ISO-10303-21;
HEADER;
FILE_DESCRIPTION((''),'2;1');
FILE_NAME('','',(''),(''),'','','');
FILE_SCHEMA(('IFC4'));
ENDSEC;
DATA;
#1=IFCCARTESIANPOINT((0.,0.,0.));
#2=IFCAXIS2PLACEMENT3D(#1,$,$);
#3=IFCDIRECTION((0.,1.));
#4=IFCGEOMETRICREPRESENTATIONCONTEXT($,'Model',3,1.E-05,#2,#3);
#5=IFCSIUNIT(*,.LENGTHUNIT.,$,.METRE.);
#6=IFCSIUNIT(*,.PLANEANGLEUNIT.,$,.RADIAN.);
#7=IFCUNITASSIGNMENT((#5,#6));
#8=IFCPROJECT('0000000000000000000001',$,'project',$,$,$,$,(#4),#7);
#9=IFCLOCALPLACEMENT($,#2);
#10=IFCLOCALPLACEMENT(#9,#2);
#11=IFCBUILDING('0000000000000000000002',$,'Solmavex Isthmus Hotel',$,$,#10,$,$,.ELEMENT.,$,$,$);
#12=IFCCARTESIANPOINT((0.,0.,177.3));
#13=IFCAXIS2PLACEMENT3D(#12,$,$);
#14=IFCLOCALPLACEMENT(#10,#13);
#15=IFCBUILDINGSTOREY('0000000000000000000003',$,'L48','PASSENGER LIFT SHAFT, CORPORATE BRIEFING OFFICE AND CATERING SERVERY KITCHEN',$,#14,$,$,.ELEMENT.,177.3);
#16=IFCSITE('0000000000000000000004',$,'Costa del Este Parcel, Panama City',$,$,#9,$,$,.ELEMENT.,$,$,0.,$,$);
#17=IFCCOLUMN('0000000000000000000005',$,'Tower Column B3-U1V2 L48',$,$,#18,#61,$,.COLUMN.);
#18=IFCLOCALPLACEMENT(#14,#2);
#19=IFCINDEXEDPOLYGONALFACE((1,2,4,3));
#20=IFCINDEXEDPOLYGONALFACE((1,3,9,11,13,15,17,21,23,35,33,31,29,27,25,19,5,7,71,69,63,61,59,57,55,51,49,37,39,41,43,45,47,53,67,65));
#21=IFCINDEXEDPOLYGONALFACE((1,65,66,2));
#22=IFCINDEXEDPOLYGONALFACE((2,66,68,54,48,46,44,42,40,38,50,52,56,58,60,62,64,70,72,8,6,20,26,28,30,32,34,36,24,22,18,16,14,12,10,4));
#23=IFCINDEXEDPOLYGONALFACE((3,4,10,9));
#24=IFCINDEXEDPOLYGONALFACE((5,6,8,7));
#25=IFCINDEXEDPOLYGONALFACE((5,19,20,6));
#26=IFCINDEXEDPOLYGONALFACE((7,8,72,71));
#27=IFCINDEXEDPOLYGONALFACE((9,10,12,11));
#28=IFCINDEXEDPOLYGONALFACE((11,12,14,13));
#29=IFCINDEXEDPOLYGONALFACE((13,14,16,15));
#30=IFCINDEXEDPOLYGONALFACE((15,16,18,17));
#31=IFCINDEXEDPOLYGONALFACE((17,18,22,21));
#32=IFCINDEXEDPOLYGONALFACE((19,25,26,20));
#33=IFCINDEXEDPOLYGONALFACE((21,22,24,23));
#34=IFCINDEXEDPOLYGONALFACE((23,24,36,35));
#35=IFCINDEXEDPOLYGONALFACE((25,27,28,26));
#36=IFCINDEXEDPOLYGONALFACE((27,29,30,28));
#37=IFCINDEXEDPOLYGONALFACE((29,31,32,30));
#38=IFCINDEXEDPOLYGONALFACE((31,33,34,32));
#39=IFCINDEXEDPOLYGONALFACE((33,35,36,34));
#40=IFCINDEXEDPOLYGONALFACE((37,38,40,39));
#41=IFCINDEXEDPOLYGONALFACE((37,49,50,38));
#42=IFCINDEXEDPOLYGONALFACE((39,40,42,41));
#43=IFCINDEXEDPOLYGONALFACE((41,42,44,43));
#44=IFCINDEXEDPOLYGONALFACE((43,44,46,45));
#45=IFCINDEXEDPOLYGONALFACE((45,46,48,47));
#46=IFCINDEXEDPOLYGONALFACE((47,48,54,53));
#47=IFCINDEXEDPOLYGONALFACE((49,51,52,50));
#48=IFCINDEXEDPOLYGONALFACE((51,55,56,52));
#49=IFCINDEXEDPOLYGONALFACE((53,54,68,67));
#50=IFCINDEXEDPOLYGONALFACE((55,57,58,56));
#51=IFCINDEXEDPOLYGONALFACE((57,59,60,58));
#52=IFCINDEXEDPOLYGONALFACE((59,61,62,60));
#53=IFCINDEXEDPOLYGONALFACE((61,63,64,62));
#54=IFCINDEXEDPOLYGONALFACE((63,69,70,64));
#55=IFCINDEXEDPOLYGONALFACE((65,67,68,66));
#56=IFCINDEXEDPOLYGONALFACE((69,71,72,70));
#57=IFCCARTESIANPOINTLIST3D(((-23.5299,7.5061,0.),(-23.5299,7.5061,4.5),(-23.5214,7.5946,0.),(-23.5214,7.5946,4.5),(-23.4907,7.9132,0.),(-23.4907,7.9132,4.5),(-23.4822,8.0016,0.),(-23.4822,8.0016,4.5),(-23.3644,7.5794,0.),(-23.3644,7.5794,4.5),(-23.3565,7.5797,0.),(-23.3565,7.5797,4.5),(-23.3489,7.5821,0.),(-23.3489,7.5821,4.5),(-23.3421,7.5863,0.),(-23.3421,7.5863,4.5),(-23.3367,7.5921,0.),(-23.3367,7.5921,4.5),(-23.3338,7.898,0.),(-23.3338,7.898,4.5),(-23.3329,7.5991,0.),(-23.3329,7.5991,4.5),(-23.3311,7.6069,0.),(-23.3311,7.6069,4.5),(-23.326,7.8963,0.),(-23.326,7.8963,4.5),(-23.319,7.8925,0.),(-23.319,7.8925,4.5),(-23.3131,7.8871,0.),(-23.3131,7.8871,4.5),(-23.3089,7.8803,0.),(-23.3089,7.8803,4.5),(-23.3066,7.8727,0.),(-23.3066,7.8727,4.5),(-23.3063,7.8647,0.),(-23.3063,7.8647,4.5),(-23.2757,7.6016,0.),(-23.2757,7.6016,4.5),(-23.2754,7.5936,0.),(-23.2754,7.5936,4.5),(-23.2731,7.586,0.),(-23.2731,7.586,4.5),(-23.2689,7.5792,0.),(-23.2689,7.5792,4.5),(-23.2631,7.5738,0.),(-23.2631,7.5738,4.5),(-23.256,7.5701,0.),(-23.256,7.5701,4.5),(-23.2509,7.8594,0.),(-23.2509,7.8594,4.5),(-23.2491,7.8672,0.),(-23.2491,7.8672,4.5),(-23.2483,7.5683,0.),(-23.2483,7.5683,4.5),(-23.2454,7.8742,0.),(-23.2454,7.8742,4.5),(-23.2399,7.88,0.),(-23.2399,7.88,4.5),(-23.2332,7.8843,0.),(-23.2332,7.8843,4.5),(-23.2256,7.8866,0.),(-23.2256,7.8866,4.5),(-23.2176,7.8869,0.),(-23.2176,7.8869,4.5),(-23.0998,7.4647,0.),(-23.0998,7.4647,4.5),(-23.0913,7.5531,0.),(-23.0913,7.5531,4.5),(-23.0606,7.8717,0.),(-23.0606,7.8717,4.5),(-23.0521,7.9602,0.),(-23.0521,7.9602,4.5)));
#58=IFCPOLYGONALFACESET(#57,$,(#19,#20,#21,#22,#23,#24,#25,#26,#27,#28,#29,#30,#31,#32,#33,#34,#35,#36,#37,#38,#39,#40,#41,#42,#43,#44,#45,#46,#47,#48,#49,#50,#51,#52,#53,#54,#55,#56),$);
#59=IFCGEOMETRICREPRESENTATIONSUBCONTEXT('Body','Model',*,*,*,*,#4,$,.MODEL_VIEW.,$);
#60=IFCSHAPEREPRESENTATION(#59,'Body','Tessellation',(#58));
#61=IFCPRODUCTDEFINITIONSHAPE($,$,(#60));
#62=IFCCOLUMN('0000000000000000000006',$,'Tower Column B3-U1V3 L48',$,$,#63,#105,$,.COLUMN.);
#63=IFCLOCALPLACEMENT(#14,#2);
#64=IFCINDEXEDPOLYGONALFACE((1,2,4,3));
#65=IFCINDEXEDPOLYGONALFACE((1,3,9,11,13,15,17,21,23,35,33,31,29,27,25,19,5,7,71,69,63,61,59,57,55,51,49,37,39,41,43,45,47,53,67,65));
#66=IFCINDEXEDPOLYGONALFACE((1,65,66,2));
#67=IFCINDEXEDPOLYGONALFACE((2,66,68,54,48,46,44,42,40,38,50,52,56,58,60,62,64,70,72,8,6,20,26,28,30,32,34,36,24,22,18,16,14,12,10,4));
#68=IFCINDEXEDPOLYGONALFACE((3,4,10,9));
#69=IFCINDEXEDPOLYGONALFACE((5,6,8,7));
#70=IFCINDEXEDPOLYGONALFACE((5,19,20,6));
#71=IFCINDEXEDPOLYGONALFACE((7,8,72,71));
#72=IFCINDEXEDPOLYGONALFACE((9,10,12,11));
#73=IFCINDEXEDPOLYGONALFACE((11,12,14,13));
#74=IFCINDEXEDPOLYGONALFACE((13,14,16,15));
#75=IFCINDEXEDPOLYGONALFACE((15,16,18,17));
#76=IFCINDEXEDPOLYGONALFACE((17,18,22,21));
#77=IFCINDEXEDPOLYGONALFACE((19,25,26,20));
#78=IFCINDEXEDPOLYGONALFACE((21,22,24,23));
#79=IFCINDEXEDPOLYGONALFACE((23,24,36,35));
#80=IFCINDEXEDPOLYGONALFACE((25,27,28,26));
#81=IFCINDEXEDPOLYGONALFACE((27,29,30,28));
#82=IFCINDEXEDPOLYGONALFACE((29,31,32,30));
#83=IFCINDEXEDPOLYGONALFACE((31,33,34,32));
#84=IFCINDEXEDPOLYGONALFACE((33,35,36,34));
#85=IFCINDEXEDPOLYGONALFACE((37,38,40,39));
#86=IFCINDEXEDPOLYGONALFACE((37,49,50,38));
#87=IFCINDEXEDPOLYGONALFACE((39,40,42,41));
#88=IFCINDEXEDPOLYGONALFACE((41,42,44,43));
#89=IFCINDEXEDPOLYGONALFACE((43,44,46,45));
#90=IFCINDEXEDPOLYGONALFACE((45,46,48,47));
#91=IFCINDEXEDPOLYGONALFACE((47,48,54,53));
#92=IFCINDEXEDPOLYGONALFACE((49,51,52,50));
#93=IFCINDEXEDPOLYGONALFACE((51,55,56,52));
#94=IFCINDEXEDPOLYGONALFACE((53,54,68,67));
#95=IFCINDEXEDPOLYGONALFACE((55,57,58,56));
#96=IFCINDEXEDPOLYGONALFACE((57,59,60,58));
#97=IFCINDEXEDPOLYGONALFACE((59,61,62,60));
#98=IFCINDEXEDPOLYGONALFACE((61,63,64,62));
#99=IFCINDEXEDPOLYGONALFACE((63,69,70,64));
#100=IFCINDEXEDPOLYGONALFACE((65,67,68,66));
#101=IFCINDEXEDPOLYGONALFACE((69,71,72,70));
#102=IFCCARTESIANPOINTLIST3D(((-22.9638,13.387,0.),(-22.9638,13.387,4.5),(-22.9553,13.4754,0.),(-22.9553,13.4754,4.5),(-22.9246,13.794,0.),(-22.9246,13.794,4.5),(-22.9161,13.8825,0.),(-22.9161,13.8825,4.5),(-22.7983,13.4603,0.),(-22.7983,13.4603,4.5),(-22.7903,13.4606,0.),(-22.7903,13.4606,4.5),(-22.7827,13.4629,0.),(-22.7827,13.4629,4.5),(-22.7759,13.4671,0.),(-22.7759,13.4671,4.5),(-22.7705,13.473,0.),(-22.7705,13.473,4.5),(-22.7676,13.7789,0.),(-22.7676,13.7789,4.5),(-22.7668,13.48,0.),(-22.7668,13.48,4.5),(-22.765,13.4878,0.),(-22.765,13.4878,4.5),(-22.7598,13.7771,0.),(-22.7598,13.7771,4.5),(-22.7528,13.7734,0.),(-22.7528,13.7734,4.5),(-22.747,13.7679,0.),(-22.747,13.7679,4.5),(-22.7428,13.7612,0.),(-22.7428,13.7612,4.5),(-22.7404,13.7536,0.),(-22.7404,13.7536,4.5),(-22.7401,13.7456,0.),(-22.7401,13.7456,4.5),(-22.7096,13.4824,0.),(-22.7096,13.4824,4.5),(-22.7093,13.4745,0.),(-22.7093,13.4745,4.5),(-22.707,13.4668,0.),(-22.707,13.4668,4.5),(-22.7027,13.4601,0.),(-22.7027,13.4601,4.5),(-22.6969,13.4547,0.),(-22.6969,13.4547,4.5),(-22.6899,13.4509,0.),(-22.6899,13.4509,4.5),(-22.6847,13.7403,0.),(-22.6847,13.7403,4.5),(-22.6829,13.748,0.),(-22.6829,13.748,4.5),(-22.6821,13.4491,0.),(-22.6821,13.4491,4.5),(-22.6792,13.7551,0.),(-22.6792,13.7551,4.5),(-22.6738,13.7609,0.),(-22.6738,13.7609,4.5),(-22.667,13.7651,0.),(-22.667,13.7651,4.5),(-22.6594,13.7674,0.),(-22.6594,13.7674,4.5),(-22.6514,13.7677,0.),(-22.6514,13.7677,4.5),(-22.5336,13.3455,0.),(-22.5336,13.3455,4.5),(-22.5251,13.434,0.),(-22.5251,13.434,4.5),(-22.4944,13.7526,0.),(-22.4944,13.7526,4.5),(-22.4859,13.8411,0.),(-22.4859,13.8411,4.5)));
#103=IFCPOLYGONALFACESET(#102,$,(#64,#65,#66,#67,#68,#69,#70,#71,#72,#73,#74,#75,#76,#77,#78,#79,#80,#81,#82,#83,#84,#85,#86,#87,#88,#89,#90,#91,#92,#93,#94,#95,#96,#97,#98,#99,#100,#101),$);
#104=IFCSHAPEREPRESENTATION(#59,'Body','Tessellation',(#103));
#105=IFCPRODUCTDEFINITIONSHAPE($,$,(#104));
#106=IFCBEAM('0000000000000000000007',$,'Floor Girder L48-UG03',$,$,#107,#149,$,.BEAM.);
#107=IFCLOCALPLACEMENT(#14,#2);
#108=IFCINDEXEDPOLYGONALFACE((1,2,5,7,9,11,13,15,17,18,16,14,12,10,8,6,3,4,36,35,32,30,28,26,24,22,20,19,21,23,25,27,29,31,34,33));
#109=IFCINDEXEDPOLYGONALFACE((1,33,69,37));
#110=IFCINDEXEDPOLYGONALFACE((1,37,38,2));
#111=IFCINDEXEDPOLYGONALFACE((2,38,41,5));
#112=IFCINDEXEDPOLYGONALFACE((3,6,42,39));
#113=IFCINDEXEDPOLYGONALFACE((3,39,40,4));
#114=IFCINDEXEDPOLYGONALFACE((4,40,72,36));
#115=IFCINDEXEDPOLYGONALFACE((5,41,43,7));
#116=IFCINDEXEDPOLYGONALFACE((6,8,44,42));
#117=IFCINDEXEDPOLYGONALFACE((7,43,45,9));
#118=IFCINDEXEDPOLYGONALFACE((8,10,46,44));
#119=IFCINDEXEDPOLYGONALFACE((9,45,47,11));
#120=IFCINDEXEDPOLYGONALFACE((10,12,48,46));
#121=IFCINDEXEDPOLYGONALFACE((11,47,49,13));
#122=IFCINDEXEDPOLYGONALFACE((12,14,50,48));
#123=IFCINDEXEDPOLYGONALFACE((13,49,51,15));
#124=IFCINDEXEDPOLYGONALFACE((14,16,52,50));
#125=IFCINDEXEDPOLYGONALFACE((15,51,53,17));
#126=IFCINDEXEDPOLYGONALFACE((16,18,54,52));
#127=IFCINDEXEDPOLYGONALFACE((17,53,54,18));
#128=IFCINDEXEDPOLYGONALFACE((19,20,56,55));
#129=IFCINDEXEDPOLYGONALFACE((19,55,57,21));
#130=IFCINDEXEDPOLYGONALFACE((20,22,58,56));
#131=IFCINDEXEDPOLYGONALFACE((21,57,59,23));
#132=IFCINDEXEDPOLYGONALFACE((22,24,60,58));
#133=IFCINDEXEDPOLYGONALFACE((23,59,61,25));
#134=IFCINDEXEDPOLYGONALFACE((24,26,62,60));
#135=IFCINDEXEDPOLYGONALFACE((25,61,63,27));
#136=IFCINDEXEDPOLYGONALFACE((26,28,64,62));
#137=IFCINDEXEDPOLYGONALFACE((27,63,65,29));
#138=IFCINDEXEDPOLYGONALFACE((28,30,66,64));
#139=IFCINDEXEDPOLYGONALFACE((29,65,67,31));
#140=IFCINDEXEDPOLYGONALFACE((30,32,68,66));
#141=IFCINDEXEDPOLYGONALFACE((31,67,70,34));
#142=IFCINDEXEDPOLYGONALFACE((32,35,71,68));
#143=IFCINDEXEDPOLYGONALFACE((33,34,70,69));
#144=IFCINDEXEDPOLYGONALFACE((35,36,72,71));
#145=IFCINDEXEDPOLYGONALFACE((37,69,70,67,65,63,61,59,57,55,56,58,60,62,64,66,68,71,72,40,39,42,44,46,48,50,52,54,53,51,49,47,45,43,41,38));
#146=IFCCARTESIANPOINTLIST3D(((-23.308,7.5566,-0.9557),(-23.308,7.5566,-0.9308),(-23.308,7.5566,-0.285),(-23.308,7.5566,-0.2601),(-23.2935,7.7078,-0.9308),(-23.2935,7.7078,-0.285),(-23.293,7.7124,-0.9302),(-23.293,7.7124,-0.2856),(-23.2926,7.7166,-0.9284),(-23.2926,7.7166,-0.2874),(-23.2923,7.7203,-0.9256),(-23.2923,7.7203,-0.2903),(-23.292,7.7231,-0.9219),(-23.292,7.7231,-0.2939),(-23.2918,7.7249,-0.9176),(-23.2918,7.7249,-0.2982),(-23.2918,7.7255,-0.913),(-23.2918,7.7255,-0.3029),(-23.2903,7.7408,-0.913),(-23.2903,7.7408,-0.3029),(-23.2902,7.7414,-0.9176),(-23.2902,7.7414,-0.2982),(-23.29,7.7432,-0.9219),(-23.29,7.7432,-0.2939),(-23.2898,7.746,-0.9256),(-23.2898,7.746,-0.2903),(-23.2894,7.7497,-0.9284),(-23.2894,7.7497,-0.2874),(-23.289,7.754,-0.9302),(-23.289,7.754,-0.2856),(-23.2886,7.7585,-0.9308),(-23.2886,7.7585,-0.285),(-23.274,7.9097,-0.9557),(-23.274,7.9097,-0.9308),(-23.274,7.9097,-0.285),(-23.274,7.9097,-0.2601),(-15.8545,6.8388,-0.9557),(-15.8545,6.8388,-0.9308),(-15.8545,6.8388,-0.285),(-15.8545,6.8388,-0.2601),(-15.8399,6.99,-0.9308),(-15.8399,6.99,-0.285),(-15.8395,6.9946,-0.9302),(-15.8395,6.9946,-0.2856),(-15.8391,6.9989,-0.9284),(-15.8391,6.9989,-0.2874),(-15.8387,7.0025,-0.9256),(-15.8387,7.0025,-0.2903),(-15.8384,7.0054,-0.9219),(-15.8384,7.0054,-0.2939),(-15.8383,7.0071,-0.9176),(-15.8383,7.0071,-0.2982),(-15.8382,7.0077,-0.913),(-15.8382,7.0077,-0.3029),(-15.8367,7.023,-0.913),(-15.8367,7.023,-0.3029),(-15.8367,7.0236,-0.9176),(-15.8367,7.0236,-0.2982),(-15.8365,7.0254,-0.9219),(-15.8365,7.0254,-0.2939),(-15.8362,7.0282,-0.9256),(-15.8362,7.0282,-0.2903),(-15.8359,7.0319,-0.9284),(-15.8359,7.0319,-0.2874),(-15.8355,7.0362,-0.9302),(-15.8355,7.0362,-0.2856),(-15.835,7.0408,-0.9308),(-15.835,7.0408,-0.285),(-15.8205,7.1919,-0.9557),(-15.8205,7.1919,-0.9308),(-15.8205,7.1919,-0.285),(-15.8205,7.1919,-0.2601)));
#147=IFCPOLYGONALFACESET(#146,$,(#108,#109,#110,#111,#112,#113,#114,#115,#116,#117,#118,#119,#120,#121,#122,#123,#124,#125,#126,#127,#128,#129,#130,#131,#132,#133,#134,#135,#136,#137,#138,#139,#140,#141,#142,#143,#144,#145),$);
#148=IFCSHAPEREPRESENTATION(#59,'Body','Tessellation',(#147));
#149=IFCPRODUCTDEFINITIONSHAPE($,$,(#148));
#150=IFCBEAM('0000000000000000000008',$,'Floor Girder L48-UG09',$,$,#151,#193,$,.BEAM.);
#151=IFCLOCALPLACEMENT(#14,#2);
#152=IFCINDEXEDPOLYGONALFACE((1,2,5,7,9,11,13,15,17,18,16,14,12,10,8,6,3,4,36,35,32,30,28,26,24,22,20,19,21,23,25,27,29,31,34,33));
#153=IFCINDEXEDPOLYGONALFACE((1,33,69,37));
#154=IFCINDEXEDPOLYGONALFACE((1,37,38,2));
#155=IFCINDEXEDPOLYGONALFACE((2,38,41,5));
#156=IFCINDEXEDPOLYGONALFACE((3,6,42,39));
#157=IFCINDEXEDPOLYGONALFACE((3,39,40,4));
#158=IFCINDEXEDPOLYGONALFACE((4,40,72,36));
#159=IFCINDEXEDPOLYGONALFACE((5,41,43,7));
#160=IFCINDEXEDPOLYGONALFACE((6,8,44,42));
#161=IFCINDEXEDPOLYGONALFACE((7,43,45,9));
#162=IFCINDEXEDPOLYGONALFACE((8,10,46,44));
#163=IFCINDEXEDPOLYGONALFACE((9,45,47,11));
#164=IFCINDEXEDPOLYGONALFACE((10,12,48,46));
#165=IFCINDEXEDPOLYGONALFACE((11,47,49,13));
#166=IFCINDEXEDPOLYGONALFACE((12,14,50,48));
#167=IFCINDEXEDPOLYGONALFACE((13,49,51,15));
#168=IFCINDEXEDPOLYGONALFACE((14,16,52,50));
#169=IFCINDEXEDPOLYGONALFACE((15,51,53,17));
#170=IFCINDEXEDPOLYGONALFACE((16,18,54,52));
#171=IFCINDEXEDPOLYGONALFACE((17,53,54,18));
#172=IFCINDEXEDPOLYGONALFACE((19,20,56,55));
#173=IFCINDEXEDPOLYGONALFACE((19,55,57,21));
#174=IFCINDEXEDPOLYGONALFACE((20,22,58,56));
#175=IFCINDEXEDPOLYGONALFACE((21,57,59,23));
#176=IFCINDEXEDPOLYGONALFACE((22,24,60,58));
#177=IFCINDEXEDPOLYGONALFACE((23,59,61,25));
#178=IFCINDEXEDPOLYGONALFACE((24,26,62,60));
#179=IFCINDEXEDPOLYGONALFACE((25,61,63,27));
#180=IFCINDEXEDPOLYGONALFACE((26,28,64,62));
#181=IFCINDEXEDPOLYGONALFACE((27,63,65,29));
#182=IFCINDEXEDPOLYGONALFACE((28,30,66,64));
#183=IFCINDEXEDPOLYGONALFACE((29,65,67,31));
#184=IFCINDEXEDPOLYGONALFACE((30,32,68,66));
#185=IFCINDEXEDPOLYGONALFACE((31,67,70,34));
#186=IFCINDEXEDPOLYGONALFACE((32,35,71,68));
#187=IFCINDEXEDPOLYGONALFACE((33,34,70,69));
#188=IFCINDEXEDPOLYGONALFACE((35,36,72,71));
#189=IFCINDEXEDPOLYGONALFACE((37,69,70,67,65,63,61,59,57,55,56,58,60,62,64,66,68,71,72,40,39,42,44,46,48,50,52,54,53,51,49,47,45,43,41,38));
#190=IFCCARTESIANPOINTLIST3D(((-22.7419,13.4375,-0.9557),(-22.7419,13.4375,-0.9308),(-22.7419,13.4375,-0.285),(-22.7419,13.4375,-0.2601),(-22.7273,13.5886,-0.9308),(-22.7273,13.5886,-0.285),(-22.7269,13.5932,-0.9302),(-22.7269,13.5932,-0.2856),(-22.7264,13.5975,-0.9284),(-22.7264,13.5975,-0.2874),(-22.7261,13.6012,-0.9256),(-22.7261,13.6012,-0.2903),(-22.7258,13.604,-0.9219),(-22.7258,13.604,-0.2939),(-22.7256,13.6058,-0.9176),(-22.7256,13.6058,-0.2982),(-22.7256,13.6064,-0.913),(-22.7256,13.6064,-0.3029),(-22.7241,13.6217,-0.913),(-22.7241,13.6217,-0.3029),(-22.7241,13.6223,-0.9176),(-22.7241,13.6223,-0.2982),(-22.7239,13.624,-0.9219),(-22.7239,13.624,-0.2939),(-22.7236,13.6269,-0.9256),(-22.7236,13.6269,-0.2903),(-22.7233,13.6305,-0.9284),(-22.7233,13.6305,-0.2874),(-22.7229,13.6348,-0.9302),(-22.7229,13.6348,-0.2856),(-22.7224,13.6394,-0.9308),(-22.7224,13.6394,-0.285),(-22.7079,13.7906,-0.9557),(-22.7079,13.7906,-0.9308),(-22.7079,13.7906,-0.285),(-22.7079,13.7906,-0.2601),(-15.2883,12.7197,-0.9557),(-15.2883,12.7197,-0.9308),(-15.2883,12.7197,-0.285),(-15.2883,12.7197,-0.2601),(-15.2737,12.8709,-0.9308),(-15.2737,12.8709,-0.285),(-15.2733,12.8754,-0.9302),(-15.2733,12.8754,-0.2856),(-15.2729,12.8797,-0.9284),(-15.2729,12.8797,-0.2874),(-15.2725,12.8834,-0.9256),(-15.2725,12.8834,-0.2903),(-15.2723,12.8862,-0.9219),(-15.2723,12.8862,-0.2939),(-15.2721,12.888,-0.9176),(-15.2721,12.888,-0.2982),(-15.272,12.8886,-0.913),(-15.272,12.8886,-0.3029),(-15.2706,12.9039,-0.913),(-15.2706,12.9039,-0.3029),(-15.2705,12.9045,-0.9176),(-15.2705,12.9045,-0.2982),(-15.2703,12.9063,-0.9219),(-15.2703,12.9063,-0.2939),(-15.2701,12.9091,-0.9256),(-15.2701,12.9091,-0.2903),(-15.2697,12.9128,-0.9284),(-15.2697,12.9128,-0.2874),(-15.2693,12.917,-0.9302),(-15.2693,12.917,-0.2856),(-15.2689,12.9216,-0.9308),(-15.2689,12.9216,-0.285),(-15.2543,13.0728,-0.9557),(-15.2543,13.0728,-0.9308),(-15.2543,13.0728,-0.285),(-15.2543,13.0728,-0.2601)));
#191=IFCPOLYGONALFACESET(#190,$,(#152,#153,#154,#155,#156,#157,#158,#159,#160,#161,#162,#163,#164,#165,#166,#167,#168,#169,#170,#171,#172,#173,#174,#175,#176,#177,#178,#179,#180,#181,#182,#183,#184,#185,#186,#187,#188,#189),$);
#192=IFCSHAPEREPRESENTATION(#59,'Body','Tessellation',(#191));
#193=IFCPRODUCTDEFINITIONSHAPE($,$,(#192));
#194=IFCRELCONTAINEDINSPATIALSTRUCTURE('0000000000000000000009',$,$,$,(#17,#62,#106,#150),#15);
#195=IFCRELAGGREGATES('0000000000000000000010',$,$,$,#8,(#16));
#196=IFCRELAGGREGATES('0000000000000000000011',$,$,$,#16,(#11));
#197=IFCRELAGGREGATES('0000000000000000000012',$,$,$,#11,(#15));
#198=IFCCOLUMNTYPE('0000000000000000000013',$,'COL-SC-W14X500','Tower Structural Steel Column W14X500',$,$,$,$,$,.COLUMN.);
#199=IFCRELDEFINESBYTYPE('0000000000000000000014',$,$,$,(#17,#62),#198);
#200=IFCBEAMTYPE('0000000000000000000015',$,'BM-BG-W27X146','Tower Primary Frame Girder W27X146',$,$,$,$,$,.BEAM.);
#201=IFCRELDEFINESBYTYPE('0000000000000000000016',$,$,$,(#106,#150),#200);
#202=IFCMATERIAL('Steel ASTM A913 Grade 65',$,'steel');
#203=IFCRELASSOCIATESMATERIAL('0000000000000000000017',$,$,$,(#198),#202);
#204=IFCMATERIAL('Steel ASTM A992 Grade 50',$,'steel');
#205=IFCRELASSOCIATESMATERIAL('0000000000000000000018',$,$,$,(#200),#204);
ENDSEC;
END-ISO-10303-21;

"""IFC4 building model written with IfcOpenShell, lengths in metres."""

from ifc_helpers import new_model, si_unit, direction, frame, origin, origin_2d, place, context, subcontext, project, spatial, i_section, extrude, material, material_profile, profile_set, type_object, element, save


model = new_model("IFC4")

# Units and contexts
model_context = context("Model", 3, precision=1e-05, world=origin(), true_north=direction((0.0, 1.0)))
body_context = subcontext(model_context, "Body", "Model", "MODEL_VIEW")
ifc_project = project(units=[si_unit("LENGTHUNIT", "METRE"), si_unit("PLANEANGLEUNIT", "RADIAN")], contexts=[model_context])

# Site, building, storey
site_placement = place(None, origin())
site = spatial("IfcSite", under=ifc_project, at=site_placement, Name="Costa del Este Parcel, Panama City", CompositionType="ELEMENT", RefElevation=0.0)
building_placement = place(site_placement, origin())
building = spatial("IfcBuilding", under=site, at=building_placement, Name="Solmavex Isthmus Hotel", CompositionType="ELEMENT")
storey_placement = place(building_placement, frame((0.0, 0.0, 177.3)))
storey = spatial("IfcBuildingStorey", under=building, at=storey_placement, Name="L48", Description="PASSENGER LIFT SHAFT, CORPORATE BRIEFING OFFICE AND CATERING SERVERY KITCHEN", CompositionType="ELEMENT", Elevation=177.3)

# Columns
ifc_material_1 = material(Name="Steel ASTM A913 Grade 65", Category="steel")
ifc_material_profile_1 = material_profile(ifc_material_1, i_section(OverallWidth=0.4321, OverallDepth=0.4978, WebThickness=0.0557, FlangeThickness=0.0889, FilletRadius=0.0305, at=origin_2d()), Name="W14X500")
ifc_profile_set_1 = profile_set([ifc_material_profile_1], Name="Steel ASTM A913 Grade 65")
column_type = type_object("IfcColumnType", Name="COL-SC-W14X500", Description="Tower Structural Steel Column W14X500", PredefinedType="COLUMN", material=ifc_profile_set_1)
for number, where, z_axis, x_axis, name in (
    (1, (-23.291, 7.7332, 0.0), (0.0, 0.0, 1.0), (0.995396, -0.095846, 0.0), "Tower Column B3-U1V2 L48"),
    (2, (-22.7249, 13.614, 0.0), (0.0, 0.0, 1.0), (0.995396, -0.095846, 0.0), "Tower Column B3-U1V3 L48"),
):
    element("IfcColumn", number, at=place(storey_placement, frame(where, z_axis=z_axis, x_axis=x_axis)), inside=storey, type_object=column_type, Name=name, PredefinedType="COLUMN", context=body_context, shape_type="SweptSolid", body=[
        extrude(i_section(OverallWidth=0.4321, OverallDepth=0.4978, WebThickness=0.0557, FlangeThickness=0.0889, FilletRadius=0.0305, at=origin_2d()), origin(), (0.0, 0.0, 1.0), 4.5),
    ])

# Beams
ifc_material_2 = material(Name="Steel ASTM A992 Grade 50", Category="steel")
ifc_material_profile_2 = material_profile(ifc_material_2, i_section(OverallWidth=0.3547, OverallDepth=0.6956, WebThickness=0.0154, FlangeThickness=0.0249, FilletRadius=0.0178, at=origin_2d()), Name="W27X146")
ifc_profile_set_2 = profile_set([ifc_material_profile_2], Name="Steel ASTM A992 Grade 50")
beam_type_1 = type_object("IfcBeamType", Name="BM-BG-W27X146", Description="Tower Primary Frame Girder W27X146", PredefinedType="BEAM", material=ifc_profile_set_2)
for number, where, z_axis, x_axis, name in (
    (3, (-23.291, 7.7332, -0.6079), (0.995395, -0.095855, 0.0), (0.095855, 0.995395, 0.0), "Floor Girder L48-UG03"),
    (4, (-22.7249, 13.614, -0.6079), (0.995395, -0.095855, 0.0), (0.095855, 0.995395, 0.0), "Floor Girder L48-UG09"),
):
    element("IfcBeam", number, at=place(storey_placement, frame(where, z_axis=z_axis, x_axis=x_axis)), inside=storey, type_object=beam_type_1, Name=name, PredefinedType="BEAM", context=body_context, shape_type="SweptSolid", body=[
        extrude(i_section(OverallWidth=0.3547, OverallDepth=0.6956, WebThickness=0.0154, FlangeThickness=0.0249, FilletRadius=0.0178, at=origin_2d()), origin(), (0.0, 0.0, 1.0), 7.488),
    ])

save(model, "model.ifc")
